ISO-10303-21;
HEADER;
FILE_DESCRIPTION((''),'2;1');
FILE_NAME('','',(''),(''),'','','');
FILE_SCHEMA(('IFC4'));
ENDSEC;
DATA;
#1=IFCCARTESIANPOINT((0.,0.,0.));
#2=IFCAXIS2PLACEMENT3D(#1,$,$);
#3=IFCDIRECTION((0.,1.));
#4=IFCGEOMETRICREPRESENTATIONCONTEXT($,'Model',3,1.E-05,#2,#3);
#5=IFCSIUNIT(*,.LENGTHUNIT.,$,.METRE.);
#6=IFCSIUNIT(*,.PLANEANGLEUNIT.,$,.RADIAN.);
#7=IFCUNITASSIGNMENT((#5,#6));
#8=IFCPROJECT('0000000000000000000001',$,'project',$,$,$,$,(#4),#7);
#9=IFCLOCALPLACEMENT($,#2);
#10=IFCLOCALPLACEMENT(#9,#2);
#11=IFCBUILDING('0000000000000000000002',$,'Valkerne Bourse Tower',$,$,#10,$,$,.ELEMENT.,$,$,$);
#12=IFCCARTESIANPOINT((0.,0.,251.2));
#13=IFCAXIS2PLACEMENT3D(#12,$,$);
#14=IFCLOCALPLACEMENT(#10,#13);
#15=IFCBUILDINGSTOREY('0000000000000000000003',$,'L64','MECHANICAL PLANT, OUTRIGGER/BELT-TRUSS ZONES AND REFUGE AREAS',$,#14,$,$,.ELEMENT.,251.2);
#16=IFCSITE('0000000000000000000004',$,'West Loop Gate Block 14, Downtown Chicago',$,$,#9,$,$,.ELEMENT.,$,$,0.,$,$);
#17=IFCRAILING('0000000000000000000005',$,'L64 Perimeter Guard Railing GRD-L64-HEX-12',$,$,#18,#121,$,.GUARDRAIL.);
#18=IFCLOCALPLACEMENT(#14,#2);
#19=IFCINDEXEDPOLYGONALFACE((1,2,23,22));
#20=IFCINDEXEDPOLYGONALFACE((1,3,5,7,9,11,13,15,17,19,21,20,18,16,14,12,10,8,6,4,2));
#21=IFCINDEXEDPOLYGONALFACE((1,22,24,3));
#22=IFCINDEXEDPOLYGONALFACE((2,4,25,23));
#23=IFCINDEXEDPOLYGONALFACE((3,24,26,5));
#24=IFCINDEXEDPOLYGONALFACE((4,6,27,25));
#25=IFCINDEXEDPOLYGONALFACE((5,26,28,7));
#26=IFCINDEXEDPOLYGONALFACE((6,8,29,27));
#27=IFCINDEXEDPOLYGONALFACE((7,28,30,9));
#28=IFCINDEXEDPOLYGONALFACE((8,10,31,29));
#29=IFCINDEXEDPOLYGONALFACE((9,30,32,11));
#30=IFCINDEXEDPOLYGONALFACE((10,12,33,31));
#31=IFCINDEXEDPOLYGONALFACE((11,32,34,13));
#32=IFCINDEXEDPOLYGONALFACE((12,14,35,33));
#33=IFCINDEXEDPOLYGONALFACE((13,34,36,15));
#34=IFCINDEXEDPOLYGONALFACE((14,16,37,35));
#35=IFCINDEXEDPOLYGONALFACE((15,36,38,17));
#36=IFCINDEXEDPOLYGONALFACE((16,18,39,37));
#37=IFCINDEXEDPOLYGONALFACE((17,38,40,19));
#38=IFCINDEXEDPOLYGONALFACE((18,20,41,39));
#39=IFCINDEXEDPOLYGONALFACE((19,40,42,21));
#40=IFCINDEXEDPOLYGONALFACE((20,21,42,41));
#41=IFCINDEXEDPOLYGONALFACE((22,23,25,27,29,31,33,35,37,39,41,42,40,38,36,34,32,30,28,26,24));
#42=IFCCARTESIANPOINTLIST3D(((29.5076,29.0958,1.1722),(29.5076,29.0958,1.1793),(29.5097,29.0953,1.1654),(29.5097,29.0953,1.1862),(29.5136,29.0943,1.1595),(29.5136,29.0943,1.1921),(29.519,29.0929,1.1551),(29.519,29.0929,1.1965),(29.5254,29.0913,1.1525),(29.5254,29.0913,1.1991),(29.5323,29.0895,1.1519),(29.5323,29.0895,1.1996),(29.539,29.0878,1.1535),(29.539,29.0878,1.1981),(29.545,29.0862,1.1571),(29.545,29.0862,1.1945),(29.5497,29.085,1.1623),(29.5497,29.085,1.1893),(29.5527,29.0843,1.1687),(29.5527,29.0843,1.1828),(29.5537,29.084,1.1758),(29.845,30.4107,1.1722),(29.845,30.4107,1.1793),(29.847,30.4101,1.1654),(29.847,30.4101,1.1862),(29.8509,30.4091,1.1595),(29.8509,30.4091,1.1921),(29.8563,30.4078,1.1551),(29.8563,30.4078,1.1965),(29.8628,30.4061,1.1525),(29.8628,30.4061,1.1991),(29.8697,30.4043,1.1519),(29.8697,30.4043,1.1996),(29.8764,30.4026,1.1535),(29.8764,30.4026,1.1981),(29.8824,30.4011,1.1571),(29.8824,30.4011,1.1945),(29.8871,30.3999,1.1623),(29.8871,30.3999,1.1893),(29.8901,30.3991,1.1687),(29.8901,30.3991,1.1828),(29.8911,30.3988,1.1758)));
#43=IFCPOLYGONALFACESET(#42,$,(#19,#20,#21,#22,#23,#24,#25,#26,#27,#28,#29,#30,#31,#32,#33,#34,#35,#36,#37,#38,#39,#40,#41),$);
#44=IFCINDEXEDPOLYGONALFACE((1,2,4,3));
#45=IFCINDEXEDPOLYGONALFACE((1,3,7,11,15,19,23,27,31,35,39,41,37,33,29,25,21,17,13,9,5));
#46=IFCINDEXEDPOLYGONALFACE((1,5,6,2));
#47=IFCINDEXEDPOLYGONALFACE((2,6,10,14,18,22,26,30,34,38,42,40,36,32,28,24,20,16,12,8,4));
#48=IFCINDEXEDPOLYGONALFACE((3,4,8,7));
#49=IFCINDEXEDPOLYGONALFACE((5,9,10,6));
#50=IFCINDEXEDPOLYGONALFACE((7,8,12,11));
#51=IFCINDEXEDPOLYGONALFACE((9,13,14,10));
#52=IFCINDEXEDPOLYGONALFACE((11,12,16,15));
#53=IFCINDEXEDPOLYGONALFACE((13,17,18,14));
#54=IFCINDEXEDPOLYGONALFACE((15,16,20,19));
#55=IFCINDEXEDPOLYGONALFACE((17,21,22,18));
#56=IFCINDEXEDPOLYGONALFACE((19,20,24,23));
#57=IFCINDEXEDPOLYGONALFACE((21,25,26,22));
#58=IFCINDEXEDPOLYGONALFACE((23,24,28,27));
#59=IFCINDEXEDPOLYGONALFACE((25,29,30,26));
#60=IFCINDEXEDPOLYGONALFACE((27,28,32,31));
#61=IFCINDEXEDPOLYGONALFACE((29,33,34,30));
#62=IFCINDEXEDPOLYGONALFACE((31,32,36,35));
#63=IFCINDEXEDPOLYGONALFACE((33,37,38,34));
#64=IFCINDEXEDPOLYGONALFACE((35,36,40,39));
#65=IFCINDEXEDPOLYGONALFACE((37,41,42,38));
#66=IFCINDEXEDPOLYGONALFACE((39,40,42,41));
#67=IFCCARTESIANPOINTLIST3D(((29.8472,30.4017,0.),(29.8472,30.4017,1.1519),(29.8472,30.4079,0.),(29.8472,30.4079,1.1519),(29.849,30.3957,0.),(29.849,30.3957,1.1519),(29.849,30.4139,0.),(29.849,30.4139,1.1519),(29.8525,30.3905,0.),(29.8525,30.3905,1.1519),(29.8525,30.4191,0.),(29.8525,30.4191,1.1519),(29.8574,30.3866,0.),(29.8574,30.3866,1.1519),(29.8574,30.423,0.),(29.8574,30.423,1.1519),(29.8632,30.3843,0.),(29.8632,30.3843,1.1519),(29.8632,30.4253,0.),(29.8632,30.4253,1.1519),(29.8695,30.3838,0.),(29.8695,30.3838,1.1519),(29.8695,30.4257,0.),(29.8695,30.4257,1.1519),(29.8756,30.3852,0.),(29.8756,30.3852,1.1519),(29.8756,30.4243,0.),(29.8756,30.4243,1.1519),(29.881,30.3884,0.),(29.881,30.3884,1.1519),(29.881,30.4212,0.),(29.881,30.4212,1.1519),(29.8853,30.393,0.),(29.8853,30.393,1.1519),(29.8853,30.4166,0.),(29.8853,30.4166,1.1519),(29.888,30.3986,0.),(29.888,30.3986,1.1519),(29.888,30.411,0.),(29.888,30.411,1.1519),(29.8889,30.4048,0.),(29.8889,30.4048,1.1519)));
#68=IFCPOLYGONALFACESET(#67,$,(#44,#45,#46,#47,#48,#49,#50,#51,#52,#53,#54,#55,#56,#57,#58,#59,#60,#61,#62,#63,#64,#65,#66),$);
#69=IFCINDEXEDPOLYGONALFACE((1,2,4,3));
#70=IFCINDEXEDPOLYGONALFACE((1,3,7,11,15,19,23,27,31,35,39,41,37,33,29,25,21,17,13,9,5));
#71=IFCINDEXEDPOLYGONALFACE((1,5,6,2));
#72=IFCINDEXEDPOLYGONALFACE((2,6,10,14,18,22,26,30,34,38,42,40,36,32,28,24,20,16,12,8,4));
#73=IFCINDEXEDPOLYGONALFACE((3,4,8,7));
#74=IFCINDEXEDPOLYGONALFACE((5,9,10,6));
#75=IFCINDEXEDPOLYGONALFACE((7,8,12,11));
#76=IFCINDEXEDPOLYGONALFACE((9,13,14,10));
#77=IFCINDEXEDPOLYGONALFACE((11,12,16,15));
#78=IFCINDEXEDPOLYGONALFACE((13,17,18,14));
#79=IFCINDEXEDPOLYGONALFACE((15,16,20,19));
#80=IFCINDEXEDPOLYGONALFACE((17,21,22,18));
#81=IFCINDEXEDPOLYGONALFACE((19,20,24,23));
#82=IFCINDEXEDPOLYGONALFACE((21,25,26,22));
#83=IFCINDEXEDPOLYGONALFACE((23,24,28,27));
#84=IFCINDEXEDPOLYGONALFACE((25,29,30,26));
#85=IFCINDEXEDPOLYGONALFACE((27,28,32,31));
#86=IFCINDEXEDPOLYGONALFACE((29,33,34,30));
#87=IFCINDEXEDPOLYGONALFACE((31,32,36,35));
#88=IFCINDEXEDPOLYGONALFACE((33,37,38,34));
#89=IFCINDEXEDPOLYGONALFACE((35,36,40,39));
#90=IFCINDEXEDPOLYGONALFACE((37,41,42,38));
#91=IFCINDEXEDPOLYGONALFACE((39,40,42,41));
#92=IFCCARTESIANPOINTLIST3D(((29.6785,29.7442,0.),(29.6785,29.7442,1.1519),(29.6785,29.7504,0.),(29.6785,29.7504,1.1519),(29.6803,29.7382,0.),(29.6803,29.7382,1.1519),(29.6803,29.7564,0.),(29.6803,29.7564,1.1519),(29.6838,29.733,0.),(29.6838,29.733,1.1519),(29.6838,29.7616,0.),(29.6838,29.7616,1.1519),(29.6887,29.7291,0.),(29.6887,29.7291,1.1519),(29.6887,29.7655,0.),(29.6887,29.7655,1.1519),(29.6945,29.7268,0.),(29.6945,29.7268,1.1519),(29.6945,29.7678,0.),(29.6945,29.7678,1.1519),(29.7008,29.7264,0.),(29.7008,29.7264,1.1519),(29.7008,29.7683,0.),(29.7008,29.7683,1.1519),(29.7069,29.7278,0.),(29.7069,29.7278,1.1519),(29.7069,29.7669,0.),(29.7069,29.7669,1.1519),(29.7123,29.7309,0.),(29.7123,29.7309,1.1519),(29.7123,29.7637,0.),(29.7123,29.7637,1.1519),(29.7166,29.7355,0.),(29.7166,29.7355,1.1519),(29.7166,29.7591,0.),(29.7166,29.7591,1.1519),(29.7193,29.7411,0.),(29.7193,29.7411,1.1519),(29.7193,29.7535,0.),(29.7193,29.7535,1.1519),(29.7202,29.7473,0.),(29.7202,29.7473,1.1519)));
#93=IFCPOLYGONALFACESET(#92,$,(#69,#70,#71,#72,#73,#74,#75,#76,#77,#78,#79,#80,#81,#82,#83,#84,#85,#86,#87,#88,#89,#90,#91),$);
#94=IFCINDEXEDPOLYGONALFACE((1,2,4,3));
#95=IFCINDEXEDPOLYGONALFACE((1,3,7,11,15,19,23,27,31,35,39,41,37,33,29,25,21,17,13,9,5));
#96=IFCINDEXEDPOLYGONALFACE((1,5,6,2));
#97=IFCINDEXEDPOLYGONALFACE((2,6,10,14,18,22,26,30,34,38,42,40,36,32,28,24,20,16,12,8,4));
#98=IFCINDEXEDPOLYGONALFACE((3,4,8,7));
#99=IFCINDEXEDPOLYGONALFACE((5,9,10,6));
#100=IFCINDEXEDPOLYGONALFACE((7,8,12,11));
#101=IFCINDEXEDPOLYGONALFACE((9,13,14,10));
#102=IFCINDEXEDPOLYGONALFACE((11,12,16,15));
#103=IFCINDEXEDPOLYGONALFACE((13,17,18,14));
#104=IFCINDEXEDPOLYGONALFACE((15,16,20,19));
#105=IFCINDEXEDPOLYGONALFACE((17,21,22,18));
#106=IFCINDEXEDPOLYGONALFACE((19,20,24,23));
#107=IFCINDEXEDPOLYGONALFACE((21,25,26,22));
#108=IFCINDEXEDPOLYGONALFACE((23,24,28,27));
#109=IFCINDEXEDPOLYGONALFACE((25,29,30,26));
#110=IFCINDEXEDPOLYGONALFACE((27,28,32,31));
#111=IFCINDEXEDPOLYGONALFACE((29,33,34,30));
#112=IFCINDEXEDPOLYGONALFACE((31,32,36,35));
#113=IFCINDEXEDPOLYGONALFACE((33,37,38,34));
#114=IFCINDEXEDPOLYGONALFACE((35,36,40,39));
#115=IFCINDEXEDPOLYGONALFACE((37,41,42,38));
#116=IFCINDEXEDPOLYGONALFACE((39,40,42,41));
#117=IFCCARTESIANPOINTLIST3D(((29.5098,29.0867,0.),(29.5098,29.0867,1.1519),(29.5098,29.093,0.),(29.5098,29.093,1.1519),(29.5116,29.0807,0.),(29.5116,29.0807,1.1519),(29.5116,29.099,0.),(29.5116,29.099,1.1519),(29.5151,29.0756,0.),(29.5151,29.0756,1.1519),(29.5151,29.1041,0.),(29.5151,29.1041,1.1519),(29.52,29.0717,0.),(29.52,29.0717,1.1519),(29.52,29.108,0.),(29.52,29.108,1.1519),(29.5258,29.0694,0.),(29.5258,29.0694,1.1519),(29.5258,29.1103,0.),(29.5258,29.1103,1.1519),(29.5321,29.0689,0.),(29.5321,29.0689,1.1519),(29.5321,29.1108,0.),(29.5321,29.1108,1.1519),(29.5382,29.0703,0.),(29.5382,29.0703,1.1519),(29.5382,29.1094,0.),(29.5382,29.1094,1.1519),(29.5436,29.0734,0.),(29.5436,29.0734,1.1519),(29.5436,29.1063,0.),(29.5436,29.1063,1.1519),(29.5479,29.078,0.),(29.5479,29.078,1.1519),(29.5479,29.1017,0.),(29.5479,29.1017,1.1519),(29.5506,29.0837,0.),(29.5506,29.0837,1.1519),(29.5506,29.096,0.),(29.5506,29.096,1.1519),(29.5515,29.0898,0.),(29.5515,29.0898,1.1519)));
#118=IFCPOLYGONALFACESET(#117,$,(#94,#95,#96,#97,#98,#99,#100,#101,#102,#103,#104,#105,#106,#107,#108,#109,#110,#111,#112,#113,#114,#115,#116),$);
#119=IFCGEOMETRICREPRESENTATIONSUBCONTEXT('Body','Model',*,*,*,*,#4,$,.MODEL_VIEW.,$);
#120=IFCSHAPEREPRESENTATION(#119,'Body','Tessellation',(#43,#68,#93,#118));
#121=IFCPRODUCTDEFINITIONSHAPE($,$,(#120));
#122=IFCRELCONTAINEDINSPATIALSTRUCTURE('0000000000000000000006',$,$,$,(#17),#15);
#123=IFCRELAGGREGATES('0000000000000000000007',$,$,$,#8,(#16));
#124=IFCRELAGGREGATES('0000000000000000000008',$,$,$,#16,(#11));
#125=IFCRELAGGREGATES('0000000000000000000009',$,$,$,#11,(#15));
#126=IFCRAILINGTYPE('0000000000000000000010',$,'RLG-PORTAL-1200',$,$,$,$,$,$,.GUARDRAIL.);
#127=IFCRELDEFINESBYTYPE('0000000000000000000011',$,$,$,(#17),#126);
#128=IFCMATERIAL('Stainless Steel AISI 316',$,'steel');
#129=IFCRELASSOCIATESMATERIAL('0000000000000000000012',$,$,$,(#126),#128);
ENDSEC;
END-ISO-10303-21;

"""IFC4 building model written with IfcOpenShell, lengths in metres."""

from ifc_helpers import new_model, si_unit, direction, frame, origin, origin_2d, place, context, subcontext, project, spatial, circle, extrude, material, type_object, element, save


model = new_model("IFC4")

# Units and contexts
model_context = context("Model", 3, precision=1e-05, world=origin(), true_north=direction((0.0, 1.0)))
body_context = subcontext(model_context, "Body", "Model", "MODEL_VIEW")
ifc_project = project(units=[si_unit("LENGTHUNIT", "METRE"), si_unit("PLANEANGLEUNIT", "RADIAN")], contexts=[model_context])

# Site, building, storey
site_placement = place(None, origin())
site = spatial("IfcSite", under=ifc_project, at=site_placement, Name="West Loop Gate Block 14, Downtown Chicago", CompositionType="ELEMENT", RefElevation=0.0)
building_placement = place(site_placement, origin())
building = spatial("IfcBuilding", under=site, at=building_placement, Name="Valkerne Bourse Tower", CompositionType="ELEMENT")
storey_placement = place(building_placement, frame((0.0, 0.0, 251.2)))
storey = spatial("IfcBuildingStorey", under=building, at=storey_placement, Name="L64", Description="MECHANICAL PLANT, OUTRIGGER/BELT-TRUSS ZONES AND REFUGE AREAS", CompositionType="ELEMENT", Elevation=251.2)

# Railing
ifc_material_1 = material(Name="Stainless Steel AISI 316", Category="steel")
railing_type_1 = type_object("IfcRailingType", Name="RLG-PORTAL-1200", PredefinedType="GUARDRAIL", material=ifc_material_1)
railing_1_placement = place(storey_placement, frame((29.8679, 30.4048, 0.0)))
element("IfcRailing", 1, at=railing_1_placement, inside=storey, type_object=railing_type_1, Name="L64 Perimeter Guard Railing GRD-L64-HEX-12", PredefinedType="GUARDRAIL", context=body_context, shape_type="SweptSolid", body=[
    extrude(circle(Radius=0.0239, at=origin_2d()), frame((0.0, 0.0, 1.1758), z_axis=(-0.24854, -0.968622, 0.0), x_axis=(0.968622, -0.24854, 0.0)), (0.0, 0.0, 1.0), 1.3574),
    extrude(circle(Radius=0.021, at=origin_2d()), origin(), (0.0, 0.0, 1.0), 1.1519),
    extrude(circle(Radius=0.021, at=origin_2d()), frame((-0.1687, -0.6575, 0.0)), (0.0, 0.0, 1.0), 1.1519),
    extrude(circle(Radius=0.021, at=origin_2d()), frame((-0.3374, -1.3149, 0.0)), (0.0, 0.0, 1.0), 1.1519),
])

save(model, "model.ifc")
